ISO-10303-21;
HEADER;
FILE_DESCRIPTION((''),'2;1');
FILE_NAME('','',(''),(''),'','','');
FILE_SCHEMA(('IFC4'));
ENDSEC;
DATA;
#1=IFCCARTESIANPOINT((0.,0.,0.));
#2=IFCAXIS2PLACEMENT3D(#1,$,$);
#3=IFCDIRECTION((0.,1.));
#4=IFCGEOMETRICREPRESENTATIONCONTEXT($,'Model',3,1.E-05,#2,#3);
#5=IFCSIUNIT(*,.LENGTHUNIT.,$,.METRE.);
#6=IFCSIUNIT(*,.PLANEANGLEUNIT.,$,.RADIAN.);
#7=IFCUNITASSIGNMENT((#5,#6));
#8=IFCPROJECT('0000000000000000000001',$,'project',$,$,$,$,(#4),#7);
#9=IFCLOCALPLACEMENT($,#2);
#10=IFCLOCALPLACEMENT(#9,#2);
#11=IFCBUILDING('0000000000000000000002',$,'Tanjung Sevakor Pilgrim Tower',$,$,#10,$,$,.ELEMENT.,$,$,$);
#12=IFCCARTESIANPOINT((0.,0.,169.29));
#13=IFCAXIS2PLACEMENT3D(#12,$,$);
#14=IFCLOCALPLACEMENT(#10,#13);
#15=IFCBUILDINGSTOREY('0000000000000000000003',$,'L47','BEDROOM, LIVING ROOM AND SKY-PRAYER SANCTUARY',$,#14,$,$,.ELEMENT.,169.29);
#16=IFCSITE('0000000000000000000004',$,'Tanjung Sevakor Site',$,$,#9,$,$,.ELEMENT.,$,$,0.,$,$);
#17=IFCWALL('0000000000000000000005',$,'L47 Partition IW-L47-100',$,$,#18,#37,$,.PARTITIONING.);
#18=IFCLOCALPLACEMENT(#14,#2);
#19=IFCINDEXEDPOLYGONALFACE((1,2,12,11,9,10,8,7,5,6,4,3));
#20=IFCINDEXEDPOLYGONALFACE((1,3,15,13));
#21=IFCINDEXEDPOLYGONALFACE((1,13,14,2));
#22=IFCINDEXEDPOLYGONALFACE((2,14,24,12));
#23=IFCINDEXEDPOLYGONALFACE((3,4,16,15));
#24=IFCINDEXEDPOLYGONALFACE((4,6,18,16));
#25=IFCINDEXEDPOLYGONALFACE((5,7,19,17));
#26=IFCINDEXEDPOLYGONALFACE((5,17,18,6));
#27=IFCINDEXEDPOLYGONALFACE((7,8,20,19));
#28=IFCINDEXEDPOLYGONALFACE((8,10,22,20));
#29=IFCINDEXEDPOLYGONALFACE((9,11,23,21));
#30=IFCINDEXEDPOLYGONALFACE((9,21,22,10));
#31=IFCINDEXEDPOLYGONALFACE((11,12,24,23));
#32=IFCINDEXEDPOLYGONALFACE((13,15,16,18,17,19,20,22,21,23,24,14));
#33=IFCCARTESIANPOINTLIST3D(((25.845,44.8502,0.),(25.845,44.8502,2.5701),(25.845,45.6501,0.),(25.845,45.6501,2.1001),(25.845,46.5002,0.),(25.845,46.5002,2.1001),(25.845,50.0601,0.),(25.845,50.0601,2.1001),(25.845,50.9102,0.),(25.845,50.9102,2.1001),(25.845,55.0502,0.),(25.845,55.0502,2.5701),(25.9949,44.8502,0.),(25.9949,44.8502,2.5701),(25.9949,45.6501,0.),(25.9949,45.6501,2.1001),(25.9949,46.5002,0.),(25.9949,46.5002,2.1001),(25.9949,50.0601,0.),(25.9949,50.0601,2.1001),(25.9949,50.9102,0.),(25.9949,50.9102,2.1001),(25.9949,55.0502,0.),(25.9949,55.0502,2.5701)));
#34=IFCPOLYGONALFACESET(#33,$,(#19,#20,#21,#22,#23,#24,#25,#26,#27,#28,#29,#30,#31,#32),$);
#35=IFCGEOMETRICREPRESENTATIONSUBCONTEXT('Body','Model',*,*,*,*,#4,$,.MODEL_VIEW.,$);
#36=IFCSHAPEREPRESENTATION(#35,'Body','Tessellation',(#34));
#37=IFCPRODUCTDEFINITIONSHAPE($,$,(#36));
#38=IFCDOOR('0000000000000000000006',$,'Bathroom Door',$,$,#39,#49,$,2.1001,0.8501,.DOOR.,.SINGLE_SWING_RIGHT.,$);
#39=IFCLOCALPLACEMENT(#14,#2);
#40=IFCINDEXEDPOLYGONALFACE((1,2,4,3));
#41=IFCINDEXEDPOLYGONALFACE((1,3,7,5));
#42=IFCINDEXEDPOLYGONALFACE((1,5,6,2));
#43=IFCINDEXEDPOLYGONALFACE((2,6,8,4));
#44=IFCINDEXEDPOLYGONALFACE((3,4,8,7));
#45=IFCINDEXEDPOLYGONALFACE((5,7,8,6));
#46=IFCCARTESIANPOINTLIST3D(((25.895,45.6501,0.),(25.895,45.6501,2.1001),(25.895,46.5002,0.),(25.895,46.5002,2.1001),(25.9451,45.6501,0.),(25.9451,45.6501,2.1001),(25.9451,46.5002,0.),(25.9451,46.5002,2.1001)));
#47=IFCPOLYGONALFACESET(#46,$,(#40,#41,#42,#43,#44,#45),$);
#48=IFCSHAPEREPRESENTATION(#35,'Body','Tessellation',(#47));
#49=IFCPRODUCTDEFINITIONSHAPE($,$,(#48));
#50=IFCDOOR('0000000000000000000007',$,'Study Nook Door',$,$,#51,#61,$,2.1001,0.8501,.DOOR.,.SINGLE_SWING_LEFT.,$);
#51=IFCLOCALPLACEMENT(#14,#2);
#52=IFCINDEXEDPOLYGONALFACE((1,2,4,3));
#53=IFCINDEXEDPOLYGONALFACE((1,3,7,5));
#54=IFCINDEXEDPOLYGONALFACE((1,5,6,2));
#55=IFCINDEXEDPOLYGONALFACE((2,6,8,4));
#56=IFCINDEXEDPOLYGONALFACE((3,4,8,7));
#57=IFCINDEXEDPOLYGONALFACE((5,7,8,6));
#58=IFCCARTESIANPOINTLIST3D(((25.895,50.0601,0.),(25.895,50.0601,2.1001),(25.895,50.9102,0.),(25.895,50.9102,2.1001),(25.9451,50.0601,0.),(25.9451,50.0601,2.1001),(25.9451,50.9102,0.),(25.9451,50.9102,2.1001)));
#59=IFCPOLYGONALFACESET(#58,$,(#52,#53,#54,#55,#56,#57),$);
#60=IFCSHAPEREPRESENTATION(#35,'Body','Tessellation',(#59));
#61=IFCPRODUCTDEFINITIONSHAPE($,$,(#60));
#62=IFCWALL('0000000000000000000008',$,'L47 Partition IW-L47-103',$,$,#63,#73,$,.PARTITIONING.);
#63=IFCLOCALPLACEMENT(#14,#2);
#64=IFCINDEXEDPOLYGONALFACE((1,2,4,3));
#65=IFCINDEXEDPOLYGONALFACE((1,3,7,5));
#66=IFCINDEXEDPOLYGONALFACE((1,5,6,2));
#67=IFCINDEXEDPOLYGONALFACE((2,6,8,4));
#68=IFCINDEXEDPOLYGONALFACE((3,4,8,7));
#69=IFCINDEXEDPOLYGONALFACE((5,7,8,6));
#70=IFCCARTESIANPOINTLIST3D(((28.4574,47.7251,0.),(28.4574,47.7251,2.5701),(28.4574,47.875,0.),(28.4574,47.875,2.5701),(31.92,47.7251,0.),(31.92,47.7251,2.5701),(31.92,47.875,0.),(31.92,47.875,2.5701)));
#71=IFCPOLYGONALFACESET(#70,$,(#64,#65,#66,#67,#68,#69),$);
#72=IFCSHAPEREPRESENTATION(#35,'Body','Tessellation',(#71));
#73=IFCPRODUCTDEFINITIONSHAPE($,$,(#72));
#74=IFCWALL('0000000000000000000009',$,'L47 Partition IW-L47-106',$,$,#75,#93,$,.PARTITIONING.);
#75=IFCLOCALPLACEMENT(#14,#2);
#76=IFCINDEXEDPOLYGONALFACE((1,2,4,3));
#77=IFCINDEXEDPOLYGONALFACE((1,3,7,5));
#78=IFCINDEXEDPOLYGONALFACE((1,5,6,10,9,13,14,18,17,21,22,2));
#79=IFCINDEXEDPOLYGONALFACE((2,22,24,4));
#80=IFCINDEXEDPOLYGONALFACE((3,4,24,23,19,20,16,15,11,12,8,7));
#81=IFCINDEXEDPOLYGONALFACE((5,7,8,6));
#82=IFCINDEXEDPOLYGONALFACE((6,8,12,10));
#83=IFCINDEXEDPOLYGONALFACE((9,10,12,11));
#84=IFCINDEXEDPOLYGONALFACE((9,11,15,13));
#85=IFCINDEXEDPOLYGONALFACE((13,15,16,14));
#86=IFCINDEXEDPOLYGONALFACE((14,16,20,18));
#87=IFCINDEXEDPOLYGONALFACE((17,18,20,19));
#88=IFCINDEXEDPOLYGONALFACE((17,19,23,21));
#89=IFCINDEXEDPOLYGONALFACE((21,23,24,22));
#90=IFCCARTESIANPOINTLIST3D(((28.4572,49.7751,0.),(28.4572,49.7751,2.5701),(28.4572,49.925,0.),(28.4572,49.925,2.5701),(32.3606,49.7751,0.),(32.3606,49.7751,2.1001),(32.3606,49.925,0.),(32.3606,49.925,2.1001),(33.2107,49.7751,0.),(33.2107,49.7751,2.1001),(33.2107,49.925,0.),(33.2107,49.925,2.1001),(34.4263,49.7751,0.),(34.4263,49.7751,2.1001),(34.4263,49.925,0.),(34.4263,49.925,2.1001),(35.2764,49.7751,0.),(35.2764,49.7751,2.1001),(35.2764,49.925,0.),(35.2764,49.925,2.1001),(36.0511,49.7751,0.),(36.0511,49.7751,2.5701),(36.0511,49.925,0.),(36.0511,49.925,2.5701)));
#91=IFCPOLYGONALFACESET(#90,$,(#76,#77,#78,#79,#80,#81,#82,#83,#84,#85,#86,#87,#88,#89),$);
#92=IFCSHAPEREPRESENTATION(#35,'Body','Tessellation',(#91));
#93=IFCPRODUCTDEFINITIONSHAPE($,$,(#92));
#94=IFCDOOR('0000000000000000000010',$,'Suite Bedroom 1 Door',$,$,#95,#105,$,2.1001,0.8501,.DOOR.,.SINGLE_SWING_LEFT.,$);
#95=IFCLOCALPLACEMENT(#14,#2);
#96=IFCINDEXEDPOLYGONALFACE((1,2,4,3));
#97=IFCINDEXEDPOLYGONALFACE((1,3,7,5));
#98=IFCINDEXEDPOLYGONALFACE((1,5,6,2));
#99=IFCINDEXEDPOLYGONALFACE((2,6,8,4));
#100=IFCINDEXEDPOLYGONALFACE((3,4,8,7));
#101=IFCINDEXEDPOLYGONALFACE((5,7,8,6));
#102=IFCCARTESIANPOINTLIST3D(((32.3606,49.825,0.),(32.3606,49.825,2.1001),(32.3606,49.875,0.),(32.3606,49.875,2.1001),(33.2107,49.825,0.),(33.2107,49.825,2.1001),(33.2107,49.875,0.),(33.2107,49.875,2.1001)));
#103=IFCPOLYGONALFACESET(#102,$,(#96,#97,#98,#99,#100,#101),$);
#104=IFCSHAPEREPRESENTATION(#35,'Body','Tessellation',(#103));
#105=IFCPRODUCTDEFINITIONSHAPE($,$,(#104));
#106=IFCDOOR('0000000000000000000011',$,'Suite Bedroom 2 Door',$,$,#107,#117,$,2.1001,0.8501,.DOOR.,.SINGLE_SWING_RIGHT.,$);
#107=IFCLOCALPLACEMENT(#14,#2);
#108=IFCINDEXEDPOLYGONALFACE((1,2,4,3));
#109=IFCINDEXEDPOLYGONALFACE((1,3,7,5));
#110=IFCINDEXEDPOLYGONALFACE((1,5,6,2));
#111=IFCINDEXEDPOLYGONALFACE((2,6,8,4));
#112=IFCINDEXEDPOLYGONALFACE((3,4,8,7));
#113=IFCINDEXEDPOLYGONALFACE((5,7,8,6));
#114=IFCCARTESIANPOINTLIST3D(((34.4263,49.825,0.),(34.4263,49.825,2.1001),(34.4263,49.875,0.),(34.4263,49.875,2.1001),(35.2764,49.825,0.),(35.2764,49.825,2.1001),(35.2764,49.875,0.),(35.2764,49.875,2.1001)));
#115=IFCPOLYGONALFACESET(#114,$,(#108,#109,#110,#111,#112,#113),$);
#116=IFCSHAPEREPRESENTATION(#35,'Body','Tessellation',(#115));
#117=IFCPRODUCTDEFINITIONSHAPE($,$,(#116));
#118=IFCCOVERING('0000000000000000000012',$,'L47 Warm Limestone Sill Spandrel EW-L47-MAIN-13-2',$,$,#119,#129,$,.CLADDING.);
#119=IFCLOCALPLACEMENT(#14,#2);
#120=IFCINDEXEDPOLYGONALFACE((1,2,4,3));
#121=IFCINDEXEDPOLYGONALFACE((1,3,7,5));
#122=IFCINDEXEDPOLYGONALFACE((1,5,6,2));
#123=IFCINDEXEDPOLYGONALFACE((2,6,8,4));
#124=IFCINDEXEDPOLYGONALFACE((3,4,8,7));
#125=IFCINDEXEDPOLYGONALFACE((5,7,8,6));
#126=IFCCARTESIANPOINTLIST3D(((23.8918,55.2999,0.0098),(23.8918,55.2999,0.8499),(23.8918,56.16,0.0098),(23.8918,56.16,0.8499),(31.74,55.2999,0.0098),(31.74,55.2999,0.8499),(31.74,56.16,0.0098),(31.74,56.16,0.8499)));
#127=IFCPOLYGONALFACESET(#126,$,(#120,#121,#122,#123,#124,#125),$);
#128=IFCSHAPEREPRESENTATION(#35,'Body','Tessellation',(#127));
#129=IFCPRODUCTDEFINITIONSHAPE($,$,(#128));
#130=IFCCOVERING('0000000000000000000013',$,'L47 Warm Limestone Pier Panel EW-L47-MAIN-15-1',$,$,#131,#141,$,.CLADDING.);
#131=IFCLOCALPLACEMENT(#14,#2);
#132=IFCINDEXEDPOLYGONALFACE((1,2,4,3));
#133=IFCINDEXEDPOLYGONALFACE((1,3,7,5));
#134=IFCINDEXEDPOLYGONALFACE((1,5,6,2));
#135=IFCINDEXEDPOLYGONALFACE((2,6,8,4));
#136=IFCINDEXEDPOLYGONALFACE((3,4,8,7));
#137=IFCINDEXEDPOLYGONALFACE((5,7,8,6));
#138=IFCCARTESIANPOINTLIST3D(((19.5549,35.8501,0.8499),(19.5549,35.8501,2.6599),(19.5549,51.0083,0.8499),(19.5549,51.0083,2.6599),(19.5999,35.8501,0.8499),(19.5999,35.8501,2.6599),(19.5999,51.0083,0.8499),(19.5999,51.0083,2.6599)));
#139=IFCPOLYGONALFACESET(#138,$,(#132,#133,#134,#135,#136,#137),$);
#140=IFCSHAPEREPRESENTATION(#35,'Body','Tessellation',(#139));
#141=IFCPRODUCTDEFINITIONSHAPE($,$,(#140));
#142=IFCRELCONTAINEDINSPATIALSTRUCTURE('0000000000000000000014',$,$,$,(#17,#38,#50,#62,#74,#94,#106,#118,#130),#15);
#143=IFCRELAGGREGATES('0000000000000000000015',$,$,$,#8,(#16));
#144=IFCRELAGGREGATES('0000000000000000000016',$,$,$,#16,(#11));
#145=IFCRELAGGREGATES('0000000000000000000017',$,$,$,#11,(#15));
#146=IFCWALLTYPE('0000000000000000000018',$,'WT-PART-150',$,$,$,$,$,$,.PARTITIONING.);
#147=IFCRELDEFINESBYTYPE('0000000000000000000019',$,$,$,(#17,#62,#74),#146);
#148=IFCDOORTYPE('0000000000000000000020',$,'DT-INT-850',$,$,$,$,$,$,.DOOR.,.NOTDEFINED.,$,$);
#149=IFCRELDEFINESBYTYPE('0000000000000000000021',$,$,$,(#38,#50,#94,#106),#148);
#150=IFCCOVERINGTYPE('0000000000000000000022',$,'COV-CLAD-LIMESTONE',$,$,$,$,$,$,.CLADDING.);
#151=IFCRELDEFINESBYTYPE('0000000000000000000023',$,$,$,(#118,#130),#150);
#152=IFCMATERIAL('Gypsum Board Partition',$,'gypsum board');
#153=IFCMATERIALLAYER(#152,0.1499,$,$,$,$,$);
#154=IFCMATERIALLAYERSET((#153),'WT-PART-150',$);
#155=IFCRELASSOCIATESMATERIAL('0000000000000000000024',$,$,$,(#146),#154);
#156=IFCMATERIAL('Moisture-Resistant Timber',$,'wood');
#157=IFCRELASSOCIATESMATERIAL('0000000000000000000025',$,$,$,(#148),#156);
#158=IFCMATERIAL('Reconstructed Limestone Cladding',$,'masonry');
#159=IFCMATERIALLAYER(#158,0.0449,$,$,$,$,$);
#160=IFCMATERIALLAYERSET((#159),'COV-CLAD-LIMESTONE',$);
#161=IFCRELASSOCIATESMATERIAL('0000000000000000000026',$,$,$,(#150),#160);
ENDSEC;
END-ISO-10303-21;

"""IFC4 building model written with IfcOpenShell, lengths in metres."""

from ifc_helpers import new_model, si_unit, direction, frame, frame_2d, origin, origin_2d, place, context, subcontext, project, spatial, rectangle, extrude, material, layer, layer_set, type_object, element, fill, save


model = new_model("IFC4")

# Units and contexts
model_context = context("Model", 3, precision=1e-05, world=origin(), true_north=direction((0.0, 1.0)))
body_context = subcontext(model_context, "Body", "Model", "MODEL_VIEW")
ifc_project = project(units=[si_unit("LENGTHUNIT", "METRE"), si_unit("PLANEANGLEUNIT", "RADIAN")], contexts=[model_context])

# Site, building, storey
site_placement = place(None, origin())
site = spatial("IfcSite", under=ifc_project, at=site_placement, Name="Tanjung Sevakor Site", CompositionType="ELEMENT", RefElevation=0.0)
building_placement = place(site_placement, origin())
building = spatial("IfcBuilding", under=site, at=building_placement, Name="Tanjung Sevakor Pilgrim Tower", CompositionType="ELEMENT")
storey_placement = place(building_placement, frame((0.0, 0.0, 169.29)))
storey = spatial("IfcBuildingStorey", under=building, at=storey_placement, Name="L47", Description="BEDROOM, LIVING ROOM AND SKY-PRAYER SANCTUARY", CompositionType="ELEMENT", Elevation=169.29)

# Shared definitions
ifc_material_1 = material(Name="Gypsum Board Partition", Category="gypsum board")
ifc_layer_1 = layer(ifc_material_1, 0.1499)
ifc_layer_set_1 = layer_set([ifc_layer_1], Name="WT-PART-150")
wall_type_1 = type_object("IfcWallType", Name="WT-PART-150", PredefinedType="PARTITIONING", material=ifc_layer_set_1)

# Wall, openings, doors
wall_1_placement = place(storey_placement, frame((25.9199, 44.8501, 0.0), z_axis=(0.0, 0.0, 1.0), x_axis=(0.0, 1.0, 0.0)))
wall_1 = element("IfcWall", 1, at=wall_1_placement, inside=storey, type_object=wall_type_1, Name="L47 Partition IW-L47-100", PredefinedType="PARTITIONING", context=body_context, shape_type="SweptSolid", body=[
    extrude(rectangle(XDim=10.2, YDim=0.1499, at=frame_2d((5.1001, 0.0))), origin(), (0.0, 0.0, 1.0), 2.5701),
])
opening_1_placement = place(wall_1_placement, frame((0.8, 0.0, 0.0)))
opening_1 = element("IfcOpeningElement", 2, at=opening_1_placement, cuts=wall_1, PredefinedType="OPENING", context=body_context, shape_type="SweptSolid", body=[
    extrude(rectangle(XDim=0.8501, YDim=2.1001, at=frame_2d((0.425, 1.05))), frame((0.0, 0.085, 0.0), z_axis=(0.0, -1.0, 0.0), x_axis=(1.0, 0.0, 0.0)), (0.0, 0.0, 1.0), 0.1699),
])
opening_2_placement = place(wall_1_placement, frame((5.21, 0.0, 0.0)))
opening_2 = element("IfcOpeningElement", 3, at=opening_2_placement, cuts=wall_1, PredefinedType="OPENING", context=body_context, shape_type="SweptSolid", body=[
    extrude(rectangle(XDim=0.8501, YDim=2.1001, at=frame_2d((0.425, 1.05))), frame((0.0, 0.085, 0.0), z_axis=(0.0, -1.0, 0.0), x_axis=(1.0, 0.0, 0.0)), (0.0, 0.0, 1.0), 0.1699),
])
ifc_material_2 = material(Name="Moisture-Resistant Timber", Category="wood")
door_type_1 = type_object("IfcDoorType", Name="DT-INT-850", OperationType="NOTDEFINED", PredefinedType="DOOR", material=ifc_material_2)
door_1_placement = place(opening_1_placement, origin())
door_1 = element("IfcDoor", 4, at=door_1_placement, inside=storey, type_object=door_type_1, Name="Bathroom Door", OperationType="SINGLE_SWING_RIGHT", OverallHeight=2.1001, OverallWidth=0.8501, PredefinedType="DOOR", context=body_context, shape_type="SweptSolid", body=[
    extrude(rectangle(XDim=0.8501, YDim=2.1001, at=frame_2d((0.425, 1.05))), frame((0.0, 0.0249, 0.0), z_axis=(0.0, -1.0, 0.0), x_axis=(1.0, 0.0, 0.0)), (0.0, 0.0, 1.0), 0.05),
])
fill(opening_1, door_1)
door_2_placement = place(opening_2_placement, origin())
door_2 = element("IfcDoor", 5, at=door_2_placement, inside=storey, type_object=door_type_1, Name="Study Nook Door", OperationType="SINGLE_SWING_LEFT", OverallHeight=2.1001, OverallWidth=0.8501, PredefinedType="DOOR", context=body_context, shape_type="SweptSolid", body=[
    extrude(rectangle(XDim=0.8501, YDim=2.1001, at=frame_2d((0.425, 1.05))), frame((0.0, 0.0249, 0.0), z_axis=(0.0, -1.0, 0.0), x_axis=(1.0, 0.0, 0.0)), (0.0, 0.0, 1.0), 0.05),
])
fill(opening_2, door_2)

# Wall
wall_2_placement = place(storey_placement, frame((28.4573, 47.8, 0.0), z_axis=(0.0, 0.0, 1.0), x_axis=(1.0, 0.0, 0.0)))
element("IfcWall", 6, at=wall_2_placement, inside=storey, type_object=wall_type_1, Name="L47 Partition IW-L47-103", PredefinedType="PARTITIONING", context=body_context, shape_type="SweptSolid", body=[
    extrude(rectangle(XDim=3.4626, YDim=0.1499, at=frame_2d((1.7314, 0.0))), origin(), (0.0, 0.0, 1.0), 2.5701),
])

# Wall, openings, doors
wall_3_placement = place(storey_placement, frame((28.4573, 49.8501, 0.0), z_axis=(0.0, 0.0, 1.0), x_axis=(1.0, 0.0, 0.0)))
wall_3 = element("IfcWall", 7, at=wall_3_placement, inside=storey, type_object=wall_type_1, Name="L47 Partition IW-L47-106", PredefinedType="PARTITIONING", context=body_context, shape_type="SweptSolid", body=[
    extrude(rectangle(XDim=7.594, YDim=0.1499, at=frame_2d((3.7969, 0.0))), origin(), (0.0, 0.0, 1.0), 2.5701),
])
opening_3_placement = place(wall_3_placement, frame((3.9033, 0.0, 0.0)))
opening_3 = element("IfcOpeningElement", 8, at=opening_3_placement, cuts=wall_3, PredefinedType="OPENING", context=body_context, shape_type="SweptSolid", body=[
    extrude(rectangle(XDim=0.8501, YDim=2.1001, at=frame_2d((0.425, 1.05))), frame((0.0, 0.085, 0.0), z_axis=(0.0, -1.0, 0.0), x_axis=(1.0, 0.0, 0.0)), (0.0, 0.0, 1.0), 0.1699),
])
opening_4_placement = place(wall_3_placement, frame((5.969, 0.0, 0.0)))
opening_4 = element("IfcOpeningElement", 9, at=opening_4_placement, cuts=wall_3, PredefinedType="OPENING", context=body_context, shape_type="SweptSolid", body=[
    extrude(rectangle(XDim=0.8501, YDim=2.1001, at=frame_2d((0.425, 1.05))), frame((0.0, 0.085, 0.0), z_axis=(0.0, -1.0, 0.0), x_axis=(1.0, 0.0, 0.0)), (0.0, 0.0, 1.0), 0.1699),
])
door_3_placement = place(opening_3_placement, origin())
door_3 = element("IfcDoor", 10, at=door_3_placement, inside=storey, type_object=door_type_1, Name="Suite Bedroom 1 Door", OperationType="SINGLE_SWING_LEFT", OverallHeight=2.1001, OverallWidth=0.8501, PredefinedType="DOOR", context=body_context, shape_type="SweptSolid", body=[
    extrude(rectangle(XDim=0.8501, YDim=2.1001, at=frame_2d((0.425, 1.05))), frame((0.0, 0.0249, 0.0), z_axis=(0.0, -1.0, 0.0), x_axis=(1.0, 0.0, 0.0)), (0.0, 0.0, 1.0), 0.05),
])
fill(opening_3, door_3)
door_4_placement = place(opening_4_placement, origin())
door_4 = element("IfcDoor", 11, at=door_4_placement, inside=storey, type_object=door_type_1, Name="Suite Bedroom 2 Door", OperationType="SINGLE_SWING_RIGHT", OverallHeight=2.1001, OverallWidth=0.8501, PredefinedType="DOOR", context=body_context, shape_type="SweptSolid", body=[
    extrude(rectangle(XDim=0.8501, YDim=2.1001, at=frame_2d((0.425, 1.05))), frame((0.0, 0.0249, 0.0), z_axis=(0.0, -1.0, 0.0), x_axis=(1.0, 0.0, 0.0)), (0.0, 0.0, 1.0), 0.05),
])
fill(opening_4, door_4)

# Coverings
ifc_material_3 = material(Name="Reconstructed Limestone Cladding", Category="masonry")
ifc_layer_2 = layer(ifc_material_3, 0.0449)
ifc_layer_set_2 = layer_set([ifc_layer_2], Name="COV-CLAD-LIMESTONE")
covering_type = type_object("IfcCoveringType", Name="COV-CLAD-LIMESTONE", PredefinedType="CLADDING", material=ifc_layer_set_2)
covering_1_placement = place(storey_placement, frame((27.8159, 55.73, 0.0098), z_axis=(0.0, 0.0, 1.0), x_axis=(-1.0, 0.0, 0.0)))
element("IfcCovering", 12, at=covering_1_placement, inside=storey, type_object=covering_type, Name="L47 Warm Limestone Sill Spandrel EW-L47-MAIN-13-2", PredefinedType="CLADDING", context=body_context, shape_type="SweptSolid", body=[
    extrude(rectangle(XDim=7.8481, YDim=0.8601, at=origin_2d()), origin(), (0.0, 0.0, 1.0), 0.8401),
])
covering_2_placement = place(storey_placement, frame((19.5774, 43.4292, 0.8499), z_axis=(0.0, 0.0, 1.0), x_axis=(0.0, -1.0, 0.0)))
element("IfcCovering", 13, at=covering_2_placement, inside=storey, type_object=covering_type, Name="L47 Warm Limestone Pier Panel EW-L47-MAIN-15-1", PredefinedType="CLADDING", context=body_context, shape_type="SweptSolid", body=[
    extrude(rectangle(XDim=15.1582, YDim=0.0449, at=origin_2d()), origin(), (0.0, 0.0, 1.0), 1.8101),
])

save(model, "model.ifc")
